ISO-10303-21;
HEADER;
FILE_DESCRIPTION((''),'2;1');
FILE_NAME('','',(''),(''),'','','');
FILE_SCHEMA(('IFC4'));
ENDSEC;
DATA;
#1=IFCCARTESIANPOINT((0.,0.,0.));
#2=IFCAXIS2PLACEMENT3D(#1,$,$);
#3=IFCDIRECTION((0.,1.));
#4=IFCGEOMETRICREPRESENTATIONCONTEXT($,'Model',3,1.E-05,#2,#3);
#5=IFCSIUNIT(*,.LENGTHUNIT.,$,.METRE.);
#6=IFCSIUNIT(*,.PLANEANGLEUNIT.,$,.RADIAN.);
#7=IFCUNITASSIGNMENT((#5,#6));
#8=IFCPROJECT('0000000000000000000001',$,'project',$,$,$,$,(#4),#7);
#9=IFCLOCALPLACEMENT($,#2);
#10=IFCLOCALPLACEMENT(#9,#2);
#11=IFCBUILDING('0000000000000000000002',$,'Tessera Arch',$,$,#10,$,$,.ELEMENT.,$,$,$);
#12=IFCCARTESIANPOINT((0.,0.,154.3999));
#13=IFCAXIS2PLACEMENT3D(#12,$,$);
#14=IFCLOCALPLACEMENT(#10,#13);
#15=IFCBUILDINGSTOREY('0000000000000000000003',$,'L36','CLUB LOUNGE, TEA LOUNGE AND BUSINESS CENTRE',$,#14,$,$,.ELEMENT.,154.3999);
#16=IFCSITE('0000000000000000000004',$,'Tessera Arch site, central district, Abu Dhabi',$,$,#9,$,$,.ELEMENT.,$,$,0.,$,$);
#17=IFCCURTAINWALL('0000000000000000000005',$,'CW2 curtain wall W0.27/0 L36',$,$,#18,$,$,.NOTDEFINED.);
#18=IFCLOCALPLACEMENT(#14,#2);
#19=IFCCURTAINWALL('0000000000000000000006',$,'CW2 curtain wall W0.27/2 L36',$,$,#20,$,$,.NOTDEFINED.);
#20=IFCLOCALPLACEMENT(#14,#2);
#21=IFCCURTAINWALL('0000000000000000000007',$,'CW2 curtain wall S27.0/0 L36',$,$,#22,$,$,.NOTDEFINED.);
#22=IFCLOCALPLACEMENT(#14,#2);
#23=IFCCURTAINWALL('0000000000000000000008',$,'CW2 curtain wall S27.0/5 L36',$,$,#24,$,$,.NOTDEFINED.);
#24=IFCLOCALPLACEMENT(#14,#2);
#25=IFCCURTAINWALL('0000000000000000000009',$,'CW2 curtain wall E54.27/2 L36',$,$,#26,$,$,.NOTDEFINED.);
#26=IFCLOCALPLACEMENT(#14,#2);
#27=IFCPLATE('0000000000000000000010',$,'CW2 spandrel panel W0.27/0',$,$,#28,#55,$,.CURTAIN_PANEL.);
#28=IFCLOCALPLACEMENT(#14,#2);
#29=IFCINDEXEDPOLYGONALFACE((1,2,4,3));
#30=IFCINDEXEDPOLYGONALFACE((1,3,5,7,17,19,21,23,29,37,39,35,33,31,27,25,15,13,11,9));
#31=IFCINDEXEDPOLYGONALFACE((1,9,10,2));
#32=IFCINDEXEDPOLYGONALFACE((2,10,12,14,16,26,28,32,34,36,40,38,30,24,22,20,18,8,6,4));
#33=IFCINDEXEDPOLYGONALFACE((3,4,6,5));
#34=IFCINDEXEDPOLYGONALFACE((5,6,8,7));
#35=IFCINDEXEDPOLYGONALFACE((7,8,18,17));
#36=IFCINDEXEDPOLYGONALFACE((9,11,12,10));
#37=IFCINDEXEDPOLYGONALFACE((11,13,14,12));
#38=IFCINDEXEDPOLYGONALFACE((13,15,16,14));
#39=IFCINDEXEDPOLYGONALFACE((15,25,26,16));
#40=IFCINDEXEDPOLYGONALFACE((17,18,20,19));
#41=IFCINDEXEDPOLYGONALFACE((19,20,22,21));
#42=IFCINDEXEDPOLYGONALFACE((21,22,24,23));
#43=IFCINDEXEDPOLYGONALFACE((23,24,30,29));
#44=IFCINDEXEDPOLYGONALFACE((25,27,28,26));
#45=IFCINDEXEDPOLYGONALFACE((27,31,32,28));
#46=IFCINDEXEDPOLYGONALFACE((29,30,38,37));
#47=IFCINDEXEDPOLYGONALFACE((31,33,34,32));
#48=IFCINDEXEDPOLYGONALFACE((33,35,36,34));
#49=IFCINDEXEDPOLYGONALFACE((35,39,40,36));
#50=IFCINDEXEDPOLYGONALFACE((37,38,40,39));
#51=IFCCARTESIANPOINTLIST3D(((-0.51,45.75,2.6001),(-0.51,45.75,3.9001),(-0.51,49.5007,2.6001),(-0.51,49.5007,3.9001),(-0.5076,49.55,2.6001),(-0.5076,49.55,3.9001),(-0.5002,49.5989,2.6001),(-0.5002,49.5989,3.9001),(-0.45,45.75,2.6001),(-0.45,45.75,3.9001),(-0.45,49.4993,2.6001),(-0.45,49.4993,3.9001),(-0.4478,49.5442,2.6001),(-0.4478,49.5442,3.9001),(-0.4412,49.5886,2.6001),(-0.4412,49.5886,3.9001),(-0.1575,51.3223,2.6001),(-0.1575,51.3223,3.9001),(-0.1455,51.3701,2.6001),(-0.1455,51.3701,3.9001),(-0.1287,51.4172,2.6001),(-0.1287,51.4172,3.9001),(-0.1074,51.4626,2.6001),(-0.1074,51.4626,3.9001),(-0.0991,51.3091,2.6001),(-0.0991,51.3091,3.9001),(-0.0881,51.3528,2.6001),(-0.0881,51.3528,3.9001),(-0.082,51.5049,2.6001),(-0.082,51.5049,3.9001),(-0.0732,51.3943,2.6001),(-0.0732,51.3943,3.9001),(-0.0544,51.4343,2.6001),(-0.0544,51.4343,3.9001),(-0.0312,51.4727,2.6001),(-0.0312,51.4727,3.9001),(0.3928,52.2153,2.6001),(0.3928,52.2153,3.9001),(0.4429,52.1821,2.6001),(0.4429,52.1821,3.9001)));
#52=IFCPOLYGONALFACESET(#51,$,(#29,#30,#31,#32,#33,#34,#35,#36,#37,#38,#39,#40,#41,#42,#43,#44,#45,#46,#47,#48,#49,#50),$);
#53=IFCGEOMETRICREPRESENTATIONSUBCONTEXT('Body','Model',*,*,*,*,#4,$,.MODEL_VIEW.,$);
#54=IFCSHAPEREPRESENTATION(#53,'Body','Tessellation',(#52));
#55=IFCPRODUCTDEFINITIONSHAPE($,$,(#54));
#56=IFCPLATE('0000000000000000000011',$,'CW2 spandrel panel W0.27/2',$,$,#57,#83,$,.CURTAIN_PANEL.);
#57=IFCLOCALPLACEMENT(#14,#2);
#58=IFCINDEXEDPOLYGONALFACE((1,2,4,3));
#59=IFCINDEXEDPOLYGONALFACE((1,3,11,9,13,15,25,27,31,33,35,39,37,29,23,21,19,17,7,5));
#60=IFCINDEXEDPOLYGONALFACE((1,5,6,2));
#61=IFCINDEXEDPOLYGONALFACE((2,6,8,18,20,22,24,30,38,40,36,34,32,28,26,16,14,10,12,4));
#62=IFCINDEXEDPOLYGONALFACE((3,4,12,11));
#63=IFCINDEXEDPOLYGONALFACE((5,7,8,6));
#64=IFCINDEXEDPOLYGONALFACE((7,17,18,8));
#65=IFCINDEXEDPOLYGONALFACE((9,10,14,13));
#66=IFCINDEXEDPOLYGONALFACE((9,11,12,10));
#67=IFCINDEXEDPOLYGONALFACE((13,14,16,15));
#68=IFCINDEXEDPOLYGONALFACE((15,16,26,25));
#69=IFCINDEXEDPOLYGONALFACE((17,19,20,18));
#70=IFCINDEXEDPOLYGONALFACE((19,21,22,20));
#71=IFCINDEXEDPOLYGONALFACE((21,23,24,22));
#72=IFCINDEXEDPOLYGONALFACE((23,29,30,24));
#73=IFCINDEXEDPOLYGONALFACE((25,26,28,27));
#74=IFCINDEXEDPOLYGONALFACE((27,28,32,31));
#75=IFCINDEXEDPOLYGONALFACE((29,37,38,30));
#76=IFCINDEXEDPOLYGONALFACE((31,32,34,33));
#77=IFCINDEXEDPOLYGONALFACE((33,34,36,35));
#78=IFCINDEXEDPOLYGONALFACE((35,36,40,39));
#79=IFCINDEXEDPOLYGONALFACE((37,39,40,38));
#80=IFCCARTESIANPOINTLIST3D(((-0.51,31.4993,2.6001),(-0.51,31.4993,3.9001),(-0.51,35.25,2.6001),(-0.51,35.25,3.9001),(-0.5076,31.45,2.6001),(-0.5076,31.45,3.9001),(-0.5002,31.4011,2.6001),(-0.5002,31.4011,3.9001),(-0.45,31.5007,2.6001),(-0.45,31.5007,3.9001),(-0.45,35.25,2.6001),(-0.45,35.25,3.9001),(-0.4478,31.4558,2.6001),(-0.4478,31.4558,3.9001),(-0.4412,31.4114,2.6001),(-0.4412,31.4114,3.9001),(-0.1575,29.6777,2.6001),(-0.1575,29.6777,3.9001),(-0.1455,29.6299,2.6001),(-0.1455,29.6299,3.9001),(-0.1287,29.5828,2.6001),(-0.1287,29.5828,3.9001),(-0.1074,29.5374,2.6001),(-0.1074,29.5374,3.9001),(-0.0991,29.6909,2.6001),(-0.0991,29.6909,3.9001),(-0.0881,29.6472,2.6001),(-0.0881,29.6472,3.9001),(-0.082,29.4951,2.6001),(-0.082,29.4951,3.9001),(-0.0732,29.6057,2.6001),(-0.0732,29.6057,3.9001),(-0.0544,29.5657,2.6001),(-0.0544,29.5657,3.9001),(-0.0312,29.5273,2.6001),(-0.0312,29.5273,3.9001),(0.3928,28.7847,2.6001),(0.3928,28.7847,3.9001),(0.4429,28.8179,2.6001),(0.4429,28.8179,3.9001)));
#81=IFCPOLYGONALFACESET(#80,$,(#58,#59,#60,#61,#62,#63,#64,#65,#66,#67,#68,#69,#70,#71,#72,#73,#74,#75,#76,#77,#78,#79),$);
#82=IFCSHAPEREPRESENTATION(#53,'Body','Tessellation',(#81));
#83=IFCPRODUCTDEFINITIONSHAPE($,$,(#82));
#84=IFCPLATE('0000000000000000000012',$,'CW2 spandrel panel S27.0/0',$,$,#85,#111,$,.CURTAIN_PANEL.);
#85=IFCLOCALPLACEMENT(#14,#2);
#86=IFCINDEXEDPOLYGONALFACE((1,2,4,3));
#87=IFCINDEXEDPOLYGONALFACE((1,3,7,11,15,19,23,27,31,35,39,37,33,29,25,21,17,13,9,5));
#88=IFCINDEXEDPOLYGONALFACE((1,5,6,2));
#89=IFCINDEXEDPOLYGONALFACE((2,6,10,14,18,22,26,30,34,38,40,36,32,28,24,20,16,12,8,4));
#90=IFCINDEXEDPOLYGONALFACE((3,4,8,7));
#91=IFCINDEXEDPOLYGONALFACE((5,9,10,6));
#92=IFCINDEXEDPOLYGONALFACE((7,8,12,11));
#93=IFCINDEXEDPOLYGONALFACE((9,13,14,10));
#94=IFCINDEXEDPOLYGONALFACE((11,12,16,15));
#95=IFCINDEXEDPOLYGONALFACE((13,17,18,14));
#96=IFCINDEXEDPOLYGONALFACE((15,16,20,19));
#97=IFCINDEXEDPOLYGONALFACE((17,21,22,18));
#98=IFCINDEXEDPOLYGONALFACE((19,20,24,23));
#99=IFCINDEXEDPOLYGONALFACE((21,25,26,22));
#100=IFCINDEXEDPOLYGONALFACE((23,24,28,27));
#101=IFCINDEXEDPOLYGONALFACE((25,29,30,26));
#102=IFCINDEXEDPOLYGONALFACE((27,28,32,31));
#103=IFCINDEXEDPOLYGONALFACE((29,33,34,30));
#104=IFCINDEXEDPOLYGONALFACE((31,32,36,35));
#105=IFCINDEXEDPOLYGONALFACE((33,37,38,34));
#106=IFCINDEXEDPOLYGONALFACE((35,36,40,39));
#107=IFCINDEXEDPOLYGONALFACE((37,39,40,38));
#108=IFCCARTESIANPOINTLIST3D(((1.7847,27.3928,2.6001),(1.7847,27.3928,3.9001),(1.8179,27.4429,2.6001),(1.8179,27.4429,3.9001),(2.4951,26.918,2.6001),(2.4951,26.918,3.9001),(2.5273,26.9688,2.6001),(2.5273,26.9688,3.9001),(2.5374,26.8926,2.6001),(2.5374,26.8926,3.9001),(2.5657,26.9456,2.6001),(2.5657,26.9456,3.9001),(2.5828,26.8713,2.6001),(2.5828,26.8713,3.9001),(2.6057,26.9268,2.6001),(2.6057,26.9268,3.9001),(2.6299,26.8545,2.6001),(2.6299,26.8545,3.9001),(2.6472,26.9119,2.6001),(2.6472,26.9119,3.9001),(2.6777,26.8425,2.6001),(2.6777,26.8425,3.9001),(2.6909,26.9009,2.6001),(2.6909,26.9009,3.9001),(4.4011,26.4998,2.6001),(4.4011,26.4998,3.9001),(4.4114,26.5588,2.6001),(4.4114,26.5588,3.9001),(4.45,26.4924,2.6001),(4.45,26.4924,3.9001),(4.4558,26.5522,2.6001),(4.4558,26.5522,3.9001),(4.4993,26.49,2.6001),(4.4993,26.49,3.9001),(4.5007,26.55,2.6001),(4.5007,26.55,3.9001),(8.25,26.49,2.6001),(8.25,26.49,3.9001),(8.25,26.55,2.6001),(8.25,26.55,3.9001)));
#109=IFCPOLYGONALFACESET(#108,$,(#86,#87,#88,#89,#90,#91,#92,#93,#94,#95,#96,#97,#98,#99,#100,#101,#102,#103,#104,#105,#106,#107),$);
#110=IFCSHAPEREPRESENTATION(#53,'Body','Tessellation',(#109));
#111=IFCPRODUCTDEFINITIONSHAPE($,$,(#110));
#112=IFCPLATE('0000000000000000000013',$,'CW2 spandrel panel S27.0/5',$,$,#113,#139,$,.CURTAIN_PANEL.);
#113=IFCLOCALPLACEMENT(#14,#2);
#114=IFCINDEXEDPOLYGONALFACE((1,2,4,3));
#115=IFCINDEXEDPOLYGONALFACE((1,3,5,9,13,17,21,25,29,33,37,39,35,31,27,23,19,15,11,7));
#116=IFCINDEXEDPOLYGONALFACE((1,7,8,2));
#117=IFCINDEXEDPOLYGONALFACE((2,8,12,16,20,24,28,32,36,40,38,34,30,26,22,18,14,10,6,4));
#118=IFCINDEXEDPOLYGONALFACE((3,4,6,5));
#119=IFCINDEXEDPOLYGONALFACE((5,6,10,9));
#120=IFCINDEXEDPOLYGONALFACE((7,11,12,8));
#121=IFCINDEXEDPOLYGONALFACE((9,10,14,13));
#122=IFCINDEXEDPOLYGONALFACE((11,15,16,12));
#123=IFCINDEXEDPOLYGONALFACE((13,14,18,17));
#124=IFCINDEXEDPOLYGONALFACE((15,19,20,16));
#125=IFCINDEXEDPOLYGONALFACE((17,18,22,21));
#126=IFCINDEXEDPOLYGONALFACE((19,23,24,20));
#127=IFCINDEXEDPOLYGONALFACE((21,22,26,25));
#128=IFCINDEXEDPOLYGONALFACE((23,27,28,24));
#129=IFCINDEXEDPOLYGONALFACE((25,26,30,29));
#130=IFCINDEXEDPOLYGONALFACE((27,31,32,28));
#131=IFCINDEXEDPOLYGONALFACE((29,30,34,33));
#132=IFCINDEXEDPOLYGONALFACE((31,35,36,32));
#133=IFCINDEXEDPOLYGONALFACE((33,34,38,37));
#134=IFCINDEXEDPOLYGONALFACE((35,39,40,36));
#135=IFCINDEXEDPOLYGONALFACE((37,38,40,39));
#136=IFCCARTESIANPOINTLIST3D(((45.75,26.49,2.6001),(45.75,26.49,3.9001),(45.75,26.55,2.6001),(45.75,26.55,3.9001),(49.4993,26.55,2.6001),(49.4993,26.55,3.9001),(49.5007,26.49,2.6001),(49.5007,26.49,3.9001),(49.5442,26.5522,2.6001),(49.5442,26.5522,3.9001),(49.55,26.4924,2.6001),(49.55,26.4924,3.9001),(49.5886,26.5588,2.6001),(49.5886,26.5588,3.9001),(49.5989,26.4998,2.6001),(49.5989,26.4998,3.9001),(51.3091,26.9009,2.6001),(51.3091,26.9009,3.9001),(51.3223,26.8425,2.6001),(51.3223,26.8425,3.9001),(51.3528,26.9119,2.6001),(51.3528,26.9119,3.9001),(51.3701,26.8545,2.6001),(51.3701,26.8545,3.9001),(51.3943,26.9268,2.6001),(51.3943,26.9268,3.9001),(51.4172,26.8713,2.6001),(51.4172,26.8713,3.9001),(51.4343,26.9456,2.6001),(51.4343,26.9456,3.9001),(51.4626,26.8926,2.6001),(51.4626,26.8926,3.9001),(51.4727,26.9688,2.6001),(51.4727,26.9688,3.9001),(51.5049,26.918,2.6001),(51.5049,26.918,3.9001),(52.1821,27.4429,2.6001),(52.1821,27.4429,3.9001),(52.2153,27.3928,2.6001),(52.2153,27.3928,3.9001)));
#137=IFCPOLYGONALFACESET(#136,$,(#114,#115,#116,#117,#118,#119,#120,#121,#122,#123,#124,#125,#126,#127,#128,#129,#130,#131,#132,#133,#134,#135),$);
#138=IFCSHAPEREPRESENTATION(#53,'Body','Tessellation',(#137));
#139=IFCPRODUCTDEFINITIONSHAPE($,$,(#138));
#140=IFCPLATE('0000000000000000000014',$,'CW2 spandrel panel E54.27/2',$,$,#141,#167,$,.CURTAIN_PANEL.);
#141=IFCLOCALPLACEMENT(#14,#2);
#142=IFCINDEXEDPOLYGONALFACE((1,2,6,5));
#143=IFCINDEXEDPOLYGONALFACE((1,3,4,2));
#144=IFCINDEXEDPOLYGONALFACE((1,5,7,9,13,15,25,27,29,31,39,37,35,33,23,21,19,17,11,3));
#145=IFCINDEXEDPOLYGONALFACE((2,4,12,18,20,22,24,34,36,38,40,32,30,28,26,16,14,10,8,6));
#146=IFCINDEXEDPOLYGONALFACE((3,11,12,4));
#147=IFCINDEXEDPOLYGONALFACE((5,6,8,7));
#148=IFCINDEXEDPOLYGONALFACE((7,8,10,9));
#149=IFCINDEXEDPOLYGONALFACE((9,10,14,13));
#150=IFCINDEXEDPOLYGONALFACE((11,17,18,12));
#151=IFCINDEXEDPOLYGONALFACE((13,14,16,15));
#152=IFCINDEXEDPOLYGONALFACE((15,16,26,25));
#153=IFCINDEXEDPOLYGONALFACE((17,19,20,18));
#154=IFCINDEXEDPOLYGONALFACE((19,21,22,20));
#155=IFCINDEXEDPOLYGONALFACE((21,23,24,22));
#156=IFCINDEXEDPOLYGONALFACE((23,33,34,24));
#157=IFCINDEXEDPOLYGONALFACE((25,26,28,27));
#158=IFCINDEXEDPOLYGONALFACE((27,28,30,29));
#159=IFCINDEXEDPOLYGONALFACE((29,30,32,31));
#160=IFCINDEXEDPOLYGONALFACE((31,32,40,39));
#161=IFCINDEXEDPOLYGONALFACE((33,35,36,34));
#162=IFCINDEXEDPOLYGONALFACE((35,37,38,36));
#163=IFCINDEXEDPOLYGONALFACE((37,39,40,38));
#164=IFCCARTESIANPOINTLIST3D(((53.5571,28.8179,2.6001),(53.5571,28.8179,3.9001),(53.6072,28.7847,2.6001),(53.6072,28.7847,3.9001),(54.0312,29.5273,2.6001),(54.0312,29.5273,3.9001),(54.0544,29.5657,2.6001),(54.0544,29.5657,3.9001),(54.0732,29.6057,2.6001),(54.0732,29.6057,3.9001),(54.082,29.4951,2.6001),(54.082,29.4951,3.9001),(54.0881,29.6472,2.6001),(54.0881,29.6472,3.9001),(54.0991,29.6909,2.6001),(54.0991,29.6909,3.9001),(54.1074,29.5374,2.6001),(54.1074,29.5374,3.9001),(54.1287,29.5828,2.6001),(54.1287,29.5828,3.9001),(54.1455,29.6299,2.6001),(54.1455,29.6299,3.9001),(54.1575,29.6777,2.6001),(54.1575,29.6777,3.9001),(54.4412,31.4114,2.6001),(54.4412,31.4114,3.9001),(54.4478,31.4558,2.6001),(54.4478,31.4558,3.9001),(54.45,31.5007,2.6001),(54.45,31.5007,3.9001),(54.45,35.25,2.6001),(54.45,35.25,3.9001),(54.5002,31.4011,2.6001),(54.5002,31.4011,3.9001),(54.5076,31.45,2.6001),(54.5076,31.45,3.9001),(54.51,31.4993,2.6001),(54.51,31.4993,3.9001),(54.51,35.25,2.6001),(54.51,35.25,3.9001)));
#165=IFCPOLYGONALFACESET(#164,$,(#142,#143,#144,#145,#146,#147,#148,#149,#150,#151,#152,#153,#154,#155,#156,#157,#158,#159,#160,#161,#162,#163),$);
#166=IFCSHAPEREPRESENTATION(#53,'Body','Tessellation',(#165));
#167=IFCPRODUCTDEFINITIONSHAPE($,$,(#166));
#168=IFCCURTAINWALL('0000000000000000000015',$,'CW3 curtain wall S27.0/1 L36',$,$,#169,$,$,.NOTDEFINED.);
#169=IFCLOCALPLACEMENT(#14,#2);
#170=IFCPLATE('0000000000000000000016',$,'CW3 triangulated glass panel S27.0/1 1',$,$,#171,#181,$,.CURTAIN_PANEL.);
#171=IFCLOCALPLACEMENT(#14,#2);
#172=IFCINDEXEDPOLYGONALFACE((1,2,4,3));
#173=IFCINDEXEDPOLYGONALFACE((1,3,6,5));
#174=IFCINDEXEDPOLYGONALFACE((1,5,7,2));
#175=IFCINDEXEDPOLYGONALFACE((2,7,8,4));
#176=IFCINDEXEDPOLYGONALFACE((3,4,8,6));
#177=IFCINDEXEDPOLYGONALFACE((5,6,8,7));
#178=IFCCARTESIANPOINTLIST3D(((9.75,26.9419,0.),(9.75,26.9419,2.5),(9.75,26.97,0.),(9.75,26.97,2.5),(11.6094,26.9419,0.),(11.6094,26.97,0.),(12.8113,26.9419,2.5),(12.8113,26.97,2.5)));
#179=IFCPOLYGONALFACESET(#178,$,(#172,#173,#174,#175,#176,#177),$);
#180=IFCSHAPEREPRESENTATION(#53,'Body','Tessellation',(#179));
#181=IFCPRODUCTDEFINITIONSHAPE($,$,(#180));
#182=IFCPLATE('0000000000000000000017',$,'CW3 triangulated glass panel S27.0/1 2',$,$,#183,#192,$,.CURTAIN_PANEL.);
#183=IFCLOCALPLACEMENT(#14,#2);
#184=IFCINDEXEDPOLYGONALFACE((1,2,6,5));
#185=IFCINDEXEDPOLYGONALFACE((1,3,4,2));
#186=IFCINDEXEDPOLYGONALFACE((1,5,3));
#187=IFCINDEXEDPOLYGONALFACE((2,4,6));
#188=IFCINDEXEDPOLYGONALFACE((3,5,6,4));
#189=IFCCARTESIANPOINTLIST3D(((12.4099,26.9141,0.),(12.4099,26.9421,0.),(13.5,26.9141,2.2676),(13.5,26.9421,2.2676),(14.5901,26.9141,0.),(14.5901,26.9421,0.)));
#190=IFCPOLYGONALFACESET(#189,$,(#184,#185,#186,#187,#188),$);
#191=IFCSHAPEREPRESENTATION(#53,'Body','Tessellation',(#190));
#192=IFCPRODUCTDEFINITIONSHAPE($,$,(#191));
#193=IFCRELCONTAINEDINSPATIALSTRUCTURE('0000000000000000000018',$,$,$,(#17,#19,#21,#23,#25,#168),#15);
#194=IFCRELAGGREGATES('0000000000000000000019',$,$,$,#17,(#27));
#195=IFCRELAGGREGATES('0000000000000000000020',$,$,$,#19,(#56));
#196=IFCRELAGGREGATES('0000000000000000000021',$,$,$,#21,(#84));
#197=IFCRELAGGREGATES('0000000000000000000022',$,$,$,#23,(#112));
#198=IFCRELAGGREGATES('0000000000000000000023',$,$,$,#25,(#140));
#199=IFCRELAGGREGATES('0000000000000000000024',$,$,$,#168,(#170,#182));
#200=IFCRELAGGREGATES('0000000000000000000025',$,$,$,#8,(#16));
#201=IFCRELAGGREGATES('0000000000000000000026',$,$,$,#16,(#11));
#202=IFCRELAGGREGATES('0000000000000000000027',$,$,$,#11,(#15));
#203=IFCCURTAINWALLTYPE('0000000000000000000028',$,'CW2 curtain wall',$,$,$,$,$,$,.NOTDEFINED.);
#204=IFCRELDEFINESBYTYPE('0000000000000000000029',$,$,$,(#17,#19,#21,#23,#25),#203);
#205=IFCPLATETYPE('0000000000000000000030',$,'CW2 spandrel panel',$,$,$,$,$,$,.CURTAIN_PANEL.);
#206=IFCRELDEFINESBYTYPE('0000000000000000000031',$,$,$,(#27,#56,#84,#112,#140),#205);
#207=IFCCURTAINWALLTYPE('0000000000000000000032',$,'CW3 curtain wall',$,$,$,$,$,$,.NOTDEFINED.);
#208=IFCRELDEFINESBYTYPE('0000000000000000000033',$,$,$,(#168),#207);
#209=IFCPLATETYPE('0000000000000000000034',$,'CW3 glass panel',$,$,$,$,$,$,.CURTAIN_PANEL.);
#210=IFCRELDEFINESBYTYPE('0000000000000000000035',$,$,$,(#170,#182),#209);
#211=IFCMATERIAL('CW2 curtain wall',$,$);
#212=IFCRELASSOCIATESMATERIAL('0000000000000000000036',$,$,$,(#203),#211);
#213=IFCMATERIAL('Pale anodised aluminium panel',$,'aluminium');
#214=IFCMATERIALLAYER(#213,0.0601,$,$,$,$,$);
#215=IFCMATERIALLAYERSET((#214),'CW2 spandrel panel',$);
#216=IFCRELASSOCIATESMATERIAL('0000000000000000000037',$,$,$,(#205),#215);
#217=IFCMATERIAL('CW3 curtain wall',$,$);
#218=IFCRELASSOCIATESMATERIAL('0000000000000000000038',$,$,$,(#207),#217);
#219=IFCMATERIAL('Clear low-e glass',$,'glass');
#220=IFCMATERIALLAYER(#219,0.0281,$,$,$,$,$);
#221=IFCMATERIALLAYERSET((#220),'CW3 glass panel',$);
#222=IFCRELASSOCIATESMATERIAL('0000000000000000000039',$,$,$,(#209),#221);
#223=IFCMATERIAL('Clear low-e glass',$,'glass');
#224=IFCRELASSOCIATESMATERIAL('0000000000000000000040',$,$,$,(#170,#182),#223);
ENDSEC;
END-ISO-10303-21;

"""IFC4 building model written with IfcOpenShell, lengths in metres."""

from ifc_helpers import new_model, si_unit, direction, frame, origin, place, context, subcontext, project, spatial, polyline, outline, extrude, material, layer, layer_set, type_object, element, aggregate, save


model = new_model("IFC4")

# Units and contexts
model_context = context("Model", 3, precision=1e-05, world=origin(), true_north=direction((0.0, 1.0)))
body_context = subcontext(model_context, "Body", "Model", "MODEL_VIEW")
ifc_project = project(units=[si_unit("LENGTHUNIT", "METRE"), si_unit("PLANEANGLEUNIT", "RADIAN")], contexts=[model_context])

# Site, building, storey
site_placement = place(None, origin())
site = spatial("IfcSite", under=ifc_project, at=site_placement, Name="Tessera Arch site, central district, Abu Dhabi", CompositionType="ELEMENT", RefElevation=0.0)
building_placement = place(site_placement, origin())
building = spatial("IfcBuilding", under=site, at=building_placement, Name="Tessera Arch", CompositionType="ELEMENT")
storey_placement = place(building_placement, frame((0.0, 0.0, 154.3999)))
storey = spatial("IfcBuildingStorey", under=building, at=storey_placement, Name="L36", Description="CLUB LOUNGE, TEA LOUNGE AND BUSINESS CENTRE", CompositionType="ELEMENT", Elevation=154.3999)

# Curtain walls
ifc_material_1 = material(Name="CW2 curtain wall")
curtain_wall_type_1 = type_object("IfcCurtainWallType", Name="CW2 curtain wall", PredefinedType="NOTDEFINED", material=ifc_material_1)
curtain_wall_1_placement = place(storey_placement, origin())
curtain_wall_1 = element("IfcCurtainWall", 1, at=curtain_wall_1_placement, inside=storey, type_object=curtain_wall_type_1, Name="CW2 curtain wall W0.27/0 L36", PredefinedType="NOTDEFINED")
curtain_wall_2_placement = place(storey_placement, origin())
curtain_wall_2 = element("IfcCurtainWall", 2, at=curtain_wall_2_placement, inside=storey, type_object=curtain_wall_type_1, Name="CW2 curtain wall W0.27/2 L36", PredefinedType="NOTDEFINED")
curtain_wall_3_placement = place(storey_placement, origin())
curtain_wall_3 = element("IfcCurtainWall", 3, at=curtain_wall_3_placement, inside=storey, type_object=curtain_wall_type_1, Name="CW2 curtain wall S27.0/0 L36", PredefinedType="NOTDEFINED")
curtain_wall_4_placement = place(storey_placement, origin())
curtain_wall_4 = element("IfcCurtainWall", 4, at=curtain_wall_4_placement, inside=storey, type_object=curtain_wall_type_1, Name="CW2 curtain wall S27.0/5 L36", PredefinedType="NOTDEFINED")
curtain_wall_5_placement = place(storey_placement, origin())
curtain_wall_5 = element("IfcCurtainWall", 5, at=curtain_wall_5_placement, inside=storey, type_object=curtain_wall_type_1, Name="CW2 curtain wall E54.27/2 L36", PredefinedType="NOTDEFINED")

# Plates
ifc_material_2 = material(Name="Clear low-e glass", Category="glass")
ifc_material_3 = material(Name="Pale anodised aluminium panel", Category="aluminium")
ifc_layer_1 = layer(ifc_material_3, 0.0601)
ifc_layer_set_1 = layer_set([ifc_layer_1], Name="CW2 spandrel panel")
plate_type_1 = type_object("IfcPlateType", Name="CW2 spandrel panel", PredefinedType="CURTAIN_PANEL", material=ifc_layer_set_1)
plate_1_placement = place(storey_placement, frame((0.0, 0.0, 2.6001)))
plate_1 = element("IfcPlate", 6, at=plate_1_placement, type_object=plate_type_1, Name="CW2 spandrel panel W0.27/0", PredefinedType="CURTAIN_PANEL", context=body_context, shape_type="SweptSolid", body=[
    extrude(outline(polyline([(-0.0312, 51.4727), (0.4429, 52.1821), (0.3928, 52.2153), (-0.082, 51.5049), (-0.1074, 51.4626), (-0.1287, 51.4172), (-0.1455, 51.3701), (-0.1575, 51.3223), (-0.5002, 49.5989), (-0.5076, 49.55), (-0.51, 49.5007), (-0.51, 45.75), (-0.45, 45.75), (-0.45, 49.4993), (-0.4478, 49.5442), (-0.4412, 49.5886), (-0.0991, 51.3091), (-0.0881, 51.3528), (-0.0732, 51.3943), (-0.0544, 51.4343), (-0.0312, 51.4727)])), origin(), (0.0, 0.0, 1.0), 1.3),
])
aggregate(curtain_wall_1, [plate_1])
plate_2_placement = place(storey_placement, frame((0.0, 0.0, 2.6001)))
plate_2 = element("IfcPlate", 7, at=plate_2_placement, type_object=plate_type_1, Name="CW2 spandrel panel W0.27/2", PredefinedType="CURTAIN_PANEL", context=body_context, shape_type="SweptSolid", body=[
    extrude(outline(polyline([(-0.45, 31.5007), (-0.45, 35.25), (-0.51, 35.25), (-0.51, 31.4993), (-0.5076, 31.45), (-0.5002, 31.4011), (-0.1575, 29.6777), (-0.1455, 29.6299), (-0.1287, 29.5828), (-0.1074, 29.5374), (-0.082, 29.4951), (0.3928, 28.7847), (0.4429, 28.8179), (-0.0312, 29.5273), (-0.0544, 29.5657), (-0.0732, 29.6057), (-0.0881, 29.6472), (-0.0991, 29.6909), (-0.4412, 31.4114), (-0.4478, 31.4558), (-0.45, 31.5007)])), origin(), (0.0, 0.0, 1.0), 1.3),
])
aggregate(curtain_wall_2, [plate_2])
plate_3_placement = place(storey_placement, frame((0.0, 0.0, 2.6001)))
plate_3 = element("IfcPlate", 8, at=plate_3_placement, type_object=plate_type_1, Name="CW2 spandrel panel S27.0/0", PredefinedType="CURTAIN_PANEL", context=body_context, shape_type="SweptSolid", body=[
    extrude(outline(polyline([(2.5273, 26.9688), (1.8179, 27.4429), (1.7847, 27.3928), (2.4951, 26.918), (2.5374, 26.8926), (2.5828, 26.8713), (2.6299, 26.8545), (2.6777, 26.8425), (4.4011, 26.4998), (4.45, 26.4924), (4.4993, 26.49), (8.25, 26.49), (8.25, 26.55), (4.5007, 26.55), (4.4558, 26.5522), (4.4114, 26.5588), (2.6909, 26.9009), (2.6472, 26.9119), (2.6057, 26.9268), (2.5657, 26.9456), (2.5273, 26.9688)])), origin(), (0.0, 0.0, 1.0), 1.3),
])
aggregate(curtain_wall_3, [plate_3])
plate_4_placement = place(storey_placement, frame((0.0, 0.0, 2.6001)))
plate_4 = element("IfcPlate", 9, at=plate_4_placement, type_object=plate_type_1, Name="CW2 spandrel panel S27.0/5", PredefinedType="CURTAIN_PANEL", context=body_context, shape_type="SweptSolid", body=[
    extrude(outline(polyline([(49.4993, 26.55), (45.75, 26.55), (45.75, 26.49), (49.5007, 26.49), (49.55, 26.4924), (49.5989, 26.4998), (51.3223, 26.8425), (51.3701, 26.8545), (51.4172, 26.8713), (51.4626, 26.8926), (51.5049, 26.918), (52.2153, 27.3928), (52.1821, 27.4429), (51.4727, 26.9688), (51.4343, 26.9456), (51.3943, 26.9268), (51.3528, 26.9119), (51.3091, 26.9009), (49.5886, 26.5588), (49.5442, 26.5522), (49.4993, 26.55)])), origin(), (0.0, 0.0, 1.0), 1.3),
])
aggregate(curtain_wall_4, [plate_4])
plate_5_placement = place(storey_placement, frame((0.0, 0.0, 2.6001)))
plate_5 = element("IfcPlate", 10, at=plate_5_placement, type_object=plate_type_1, Name="CW2 spandrel panel E54.27/2", PredefinedType="CURTAIN_PANEL", context=body_context, shape_type="SweptSolid", body=[
    extrude(outline(polyline([(54.0312, 29.5273), (53.5571, 28.8179), (53.6072, 28.7847), (54.082, 29.4951), (54.1074, 29.5374), (54.1287, 29.5828), (54.1455, 29.6299), (54.1575, 29.6777), (54.5002, 31.4011), (54.5076, 31.45), (54.51, 31.4993), (54.51, 35.25), (54.45, 35.25), (54.45, 31.5007), (54.4478, 31.4558), (54.4412, 31.4114), (54.0991, 29.6909), (54.0881, 29.6472), (54.0732, 29.6057), (54.0544, 29.5657), (54.0312, 29.5273)])), origin(), (0.0, 0.0, 1.0), 1.3),
])
aggregate(curtain_wall_5, [plate_5])

# Curtain wall, plates
ifc_material_4 = material(Name="CW3 curtain wall")
curtain_wall_type_2 = type_object("IfcCurtainWallType", Name="CW3 curtain wall", PredefinedType="NOTDEFINED", material=ifc_material_4)
curtain_wall_6_placement = place(storey_placement, origin())
curtain_wall_6 = element("IfcCurtainWall", 11, at=curtain_wall_6_placement, inside=storey, type_object=curtain_wall_type_2, Name="CW3 curtain wall S27.0/1 L36", PredefinedType="NOTDEFINED")
ifc_material_5 = material(Name="Clear low-e glass", Category="glass")
ifc_layer_2 = layer(ifc_material_5, 0.0281)
ifc_layer_set_2 = layer_set([ifc_layer_2], Name="CW3 glass panel")
plate_type_2 = type_object("IfcPlateType", Name="CW3 glass panel", PredefinedType="CURTAIN_PANEL", material=ifc_layer_set_2)
plate_6_placement = place(storey_placement, frame((9.75, 26.9419, 0.0), z_axis=(0.0, -1.0, 0.0), x_axis=(1.0, 0.0, 0.0)))
plate_6 = element("IfcPlate", 12, at=plate_6_placement, type_object=plate_type_2, material=ifc_material_2, Name="CW3 triangulated glass panel S27.0/1 1", PredefinedType="CURTAIN_PANEL", context=body_context, shape_type="SweptSolid", body=[
    extrude(outline(polyline([(0.0, 0.0), (1.8594, 0.0), (3.0613, 2.5), (0.0, 2.5), (0.0, 0.0)])), origin(), (0.0, 0.0, -1.0), 0.0281),
])
plate_7_placement = place(storey_placement, frame((12.4099, 26.9141, 0.0), z_axis=(0.0, -1.0, 0.0), x_axis=(1.0, 0.0, 0.0)))
plate_7 = element("IfcPlate", 13, at=plate_7_placement, type_object=plate_type_2, material=ifc_material_2, Name="CW3 triangulated glass panel S27.0/1 2", PredefinedType="CURTAIN_PANEL", context=body_context, shape_type="SweptSolid", body=[
    extrude(outline(polyline([(0.0, 0.0), (2.1802, 0.0), (1.0901, 2.2676), (0.0, 0.0)])), origin(), (0.0, 0.0, -1.0), 0.0281),
])
aggregate(curtain_wall_6, [plate_6, plate_7])

save(model, "model.ifc")
